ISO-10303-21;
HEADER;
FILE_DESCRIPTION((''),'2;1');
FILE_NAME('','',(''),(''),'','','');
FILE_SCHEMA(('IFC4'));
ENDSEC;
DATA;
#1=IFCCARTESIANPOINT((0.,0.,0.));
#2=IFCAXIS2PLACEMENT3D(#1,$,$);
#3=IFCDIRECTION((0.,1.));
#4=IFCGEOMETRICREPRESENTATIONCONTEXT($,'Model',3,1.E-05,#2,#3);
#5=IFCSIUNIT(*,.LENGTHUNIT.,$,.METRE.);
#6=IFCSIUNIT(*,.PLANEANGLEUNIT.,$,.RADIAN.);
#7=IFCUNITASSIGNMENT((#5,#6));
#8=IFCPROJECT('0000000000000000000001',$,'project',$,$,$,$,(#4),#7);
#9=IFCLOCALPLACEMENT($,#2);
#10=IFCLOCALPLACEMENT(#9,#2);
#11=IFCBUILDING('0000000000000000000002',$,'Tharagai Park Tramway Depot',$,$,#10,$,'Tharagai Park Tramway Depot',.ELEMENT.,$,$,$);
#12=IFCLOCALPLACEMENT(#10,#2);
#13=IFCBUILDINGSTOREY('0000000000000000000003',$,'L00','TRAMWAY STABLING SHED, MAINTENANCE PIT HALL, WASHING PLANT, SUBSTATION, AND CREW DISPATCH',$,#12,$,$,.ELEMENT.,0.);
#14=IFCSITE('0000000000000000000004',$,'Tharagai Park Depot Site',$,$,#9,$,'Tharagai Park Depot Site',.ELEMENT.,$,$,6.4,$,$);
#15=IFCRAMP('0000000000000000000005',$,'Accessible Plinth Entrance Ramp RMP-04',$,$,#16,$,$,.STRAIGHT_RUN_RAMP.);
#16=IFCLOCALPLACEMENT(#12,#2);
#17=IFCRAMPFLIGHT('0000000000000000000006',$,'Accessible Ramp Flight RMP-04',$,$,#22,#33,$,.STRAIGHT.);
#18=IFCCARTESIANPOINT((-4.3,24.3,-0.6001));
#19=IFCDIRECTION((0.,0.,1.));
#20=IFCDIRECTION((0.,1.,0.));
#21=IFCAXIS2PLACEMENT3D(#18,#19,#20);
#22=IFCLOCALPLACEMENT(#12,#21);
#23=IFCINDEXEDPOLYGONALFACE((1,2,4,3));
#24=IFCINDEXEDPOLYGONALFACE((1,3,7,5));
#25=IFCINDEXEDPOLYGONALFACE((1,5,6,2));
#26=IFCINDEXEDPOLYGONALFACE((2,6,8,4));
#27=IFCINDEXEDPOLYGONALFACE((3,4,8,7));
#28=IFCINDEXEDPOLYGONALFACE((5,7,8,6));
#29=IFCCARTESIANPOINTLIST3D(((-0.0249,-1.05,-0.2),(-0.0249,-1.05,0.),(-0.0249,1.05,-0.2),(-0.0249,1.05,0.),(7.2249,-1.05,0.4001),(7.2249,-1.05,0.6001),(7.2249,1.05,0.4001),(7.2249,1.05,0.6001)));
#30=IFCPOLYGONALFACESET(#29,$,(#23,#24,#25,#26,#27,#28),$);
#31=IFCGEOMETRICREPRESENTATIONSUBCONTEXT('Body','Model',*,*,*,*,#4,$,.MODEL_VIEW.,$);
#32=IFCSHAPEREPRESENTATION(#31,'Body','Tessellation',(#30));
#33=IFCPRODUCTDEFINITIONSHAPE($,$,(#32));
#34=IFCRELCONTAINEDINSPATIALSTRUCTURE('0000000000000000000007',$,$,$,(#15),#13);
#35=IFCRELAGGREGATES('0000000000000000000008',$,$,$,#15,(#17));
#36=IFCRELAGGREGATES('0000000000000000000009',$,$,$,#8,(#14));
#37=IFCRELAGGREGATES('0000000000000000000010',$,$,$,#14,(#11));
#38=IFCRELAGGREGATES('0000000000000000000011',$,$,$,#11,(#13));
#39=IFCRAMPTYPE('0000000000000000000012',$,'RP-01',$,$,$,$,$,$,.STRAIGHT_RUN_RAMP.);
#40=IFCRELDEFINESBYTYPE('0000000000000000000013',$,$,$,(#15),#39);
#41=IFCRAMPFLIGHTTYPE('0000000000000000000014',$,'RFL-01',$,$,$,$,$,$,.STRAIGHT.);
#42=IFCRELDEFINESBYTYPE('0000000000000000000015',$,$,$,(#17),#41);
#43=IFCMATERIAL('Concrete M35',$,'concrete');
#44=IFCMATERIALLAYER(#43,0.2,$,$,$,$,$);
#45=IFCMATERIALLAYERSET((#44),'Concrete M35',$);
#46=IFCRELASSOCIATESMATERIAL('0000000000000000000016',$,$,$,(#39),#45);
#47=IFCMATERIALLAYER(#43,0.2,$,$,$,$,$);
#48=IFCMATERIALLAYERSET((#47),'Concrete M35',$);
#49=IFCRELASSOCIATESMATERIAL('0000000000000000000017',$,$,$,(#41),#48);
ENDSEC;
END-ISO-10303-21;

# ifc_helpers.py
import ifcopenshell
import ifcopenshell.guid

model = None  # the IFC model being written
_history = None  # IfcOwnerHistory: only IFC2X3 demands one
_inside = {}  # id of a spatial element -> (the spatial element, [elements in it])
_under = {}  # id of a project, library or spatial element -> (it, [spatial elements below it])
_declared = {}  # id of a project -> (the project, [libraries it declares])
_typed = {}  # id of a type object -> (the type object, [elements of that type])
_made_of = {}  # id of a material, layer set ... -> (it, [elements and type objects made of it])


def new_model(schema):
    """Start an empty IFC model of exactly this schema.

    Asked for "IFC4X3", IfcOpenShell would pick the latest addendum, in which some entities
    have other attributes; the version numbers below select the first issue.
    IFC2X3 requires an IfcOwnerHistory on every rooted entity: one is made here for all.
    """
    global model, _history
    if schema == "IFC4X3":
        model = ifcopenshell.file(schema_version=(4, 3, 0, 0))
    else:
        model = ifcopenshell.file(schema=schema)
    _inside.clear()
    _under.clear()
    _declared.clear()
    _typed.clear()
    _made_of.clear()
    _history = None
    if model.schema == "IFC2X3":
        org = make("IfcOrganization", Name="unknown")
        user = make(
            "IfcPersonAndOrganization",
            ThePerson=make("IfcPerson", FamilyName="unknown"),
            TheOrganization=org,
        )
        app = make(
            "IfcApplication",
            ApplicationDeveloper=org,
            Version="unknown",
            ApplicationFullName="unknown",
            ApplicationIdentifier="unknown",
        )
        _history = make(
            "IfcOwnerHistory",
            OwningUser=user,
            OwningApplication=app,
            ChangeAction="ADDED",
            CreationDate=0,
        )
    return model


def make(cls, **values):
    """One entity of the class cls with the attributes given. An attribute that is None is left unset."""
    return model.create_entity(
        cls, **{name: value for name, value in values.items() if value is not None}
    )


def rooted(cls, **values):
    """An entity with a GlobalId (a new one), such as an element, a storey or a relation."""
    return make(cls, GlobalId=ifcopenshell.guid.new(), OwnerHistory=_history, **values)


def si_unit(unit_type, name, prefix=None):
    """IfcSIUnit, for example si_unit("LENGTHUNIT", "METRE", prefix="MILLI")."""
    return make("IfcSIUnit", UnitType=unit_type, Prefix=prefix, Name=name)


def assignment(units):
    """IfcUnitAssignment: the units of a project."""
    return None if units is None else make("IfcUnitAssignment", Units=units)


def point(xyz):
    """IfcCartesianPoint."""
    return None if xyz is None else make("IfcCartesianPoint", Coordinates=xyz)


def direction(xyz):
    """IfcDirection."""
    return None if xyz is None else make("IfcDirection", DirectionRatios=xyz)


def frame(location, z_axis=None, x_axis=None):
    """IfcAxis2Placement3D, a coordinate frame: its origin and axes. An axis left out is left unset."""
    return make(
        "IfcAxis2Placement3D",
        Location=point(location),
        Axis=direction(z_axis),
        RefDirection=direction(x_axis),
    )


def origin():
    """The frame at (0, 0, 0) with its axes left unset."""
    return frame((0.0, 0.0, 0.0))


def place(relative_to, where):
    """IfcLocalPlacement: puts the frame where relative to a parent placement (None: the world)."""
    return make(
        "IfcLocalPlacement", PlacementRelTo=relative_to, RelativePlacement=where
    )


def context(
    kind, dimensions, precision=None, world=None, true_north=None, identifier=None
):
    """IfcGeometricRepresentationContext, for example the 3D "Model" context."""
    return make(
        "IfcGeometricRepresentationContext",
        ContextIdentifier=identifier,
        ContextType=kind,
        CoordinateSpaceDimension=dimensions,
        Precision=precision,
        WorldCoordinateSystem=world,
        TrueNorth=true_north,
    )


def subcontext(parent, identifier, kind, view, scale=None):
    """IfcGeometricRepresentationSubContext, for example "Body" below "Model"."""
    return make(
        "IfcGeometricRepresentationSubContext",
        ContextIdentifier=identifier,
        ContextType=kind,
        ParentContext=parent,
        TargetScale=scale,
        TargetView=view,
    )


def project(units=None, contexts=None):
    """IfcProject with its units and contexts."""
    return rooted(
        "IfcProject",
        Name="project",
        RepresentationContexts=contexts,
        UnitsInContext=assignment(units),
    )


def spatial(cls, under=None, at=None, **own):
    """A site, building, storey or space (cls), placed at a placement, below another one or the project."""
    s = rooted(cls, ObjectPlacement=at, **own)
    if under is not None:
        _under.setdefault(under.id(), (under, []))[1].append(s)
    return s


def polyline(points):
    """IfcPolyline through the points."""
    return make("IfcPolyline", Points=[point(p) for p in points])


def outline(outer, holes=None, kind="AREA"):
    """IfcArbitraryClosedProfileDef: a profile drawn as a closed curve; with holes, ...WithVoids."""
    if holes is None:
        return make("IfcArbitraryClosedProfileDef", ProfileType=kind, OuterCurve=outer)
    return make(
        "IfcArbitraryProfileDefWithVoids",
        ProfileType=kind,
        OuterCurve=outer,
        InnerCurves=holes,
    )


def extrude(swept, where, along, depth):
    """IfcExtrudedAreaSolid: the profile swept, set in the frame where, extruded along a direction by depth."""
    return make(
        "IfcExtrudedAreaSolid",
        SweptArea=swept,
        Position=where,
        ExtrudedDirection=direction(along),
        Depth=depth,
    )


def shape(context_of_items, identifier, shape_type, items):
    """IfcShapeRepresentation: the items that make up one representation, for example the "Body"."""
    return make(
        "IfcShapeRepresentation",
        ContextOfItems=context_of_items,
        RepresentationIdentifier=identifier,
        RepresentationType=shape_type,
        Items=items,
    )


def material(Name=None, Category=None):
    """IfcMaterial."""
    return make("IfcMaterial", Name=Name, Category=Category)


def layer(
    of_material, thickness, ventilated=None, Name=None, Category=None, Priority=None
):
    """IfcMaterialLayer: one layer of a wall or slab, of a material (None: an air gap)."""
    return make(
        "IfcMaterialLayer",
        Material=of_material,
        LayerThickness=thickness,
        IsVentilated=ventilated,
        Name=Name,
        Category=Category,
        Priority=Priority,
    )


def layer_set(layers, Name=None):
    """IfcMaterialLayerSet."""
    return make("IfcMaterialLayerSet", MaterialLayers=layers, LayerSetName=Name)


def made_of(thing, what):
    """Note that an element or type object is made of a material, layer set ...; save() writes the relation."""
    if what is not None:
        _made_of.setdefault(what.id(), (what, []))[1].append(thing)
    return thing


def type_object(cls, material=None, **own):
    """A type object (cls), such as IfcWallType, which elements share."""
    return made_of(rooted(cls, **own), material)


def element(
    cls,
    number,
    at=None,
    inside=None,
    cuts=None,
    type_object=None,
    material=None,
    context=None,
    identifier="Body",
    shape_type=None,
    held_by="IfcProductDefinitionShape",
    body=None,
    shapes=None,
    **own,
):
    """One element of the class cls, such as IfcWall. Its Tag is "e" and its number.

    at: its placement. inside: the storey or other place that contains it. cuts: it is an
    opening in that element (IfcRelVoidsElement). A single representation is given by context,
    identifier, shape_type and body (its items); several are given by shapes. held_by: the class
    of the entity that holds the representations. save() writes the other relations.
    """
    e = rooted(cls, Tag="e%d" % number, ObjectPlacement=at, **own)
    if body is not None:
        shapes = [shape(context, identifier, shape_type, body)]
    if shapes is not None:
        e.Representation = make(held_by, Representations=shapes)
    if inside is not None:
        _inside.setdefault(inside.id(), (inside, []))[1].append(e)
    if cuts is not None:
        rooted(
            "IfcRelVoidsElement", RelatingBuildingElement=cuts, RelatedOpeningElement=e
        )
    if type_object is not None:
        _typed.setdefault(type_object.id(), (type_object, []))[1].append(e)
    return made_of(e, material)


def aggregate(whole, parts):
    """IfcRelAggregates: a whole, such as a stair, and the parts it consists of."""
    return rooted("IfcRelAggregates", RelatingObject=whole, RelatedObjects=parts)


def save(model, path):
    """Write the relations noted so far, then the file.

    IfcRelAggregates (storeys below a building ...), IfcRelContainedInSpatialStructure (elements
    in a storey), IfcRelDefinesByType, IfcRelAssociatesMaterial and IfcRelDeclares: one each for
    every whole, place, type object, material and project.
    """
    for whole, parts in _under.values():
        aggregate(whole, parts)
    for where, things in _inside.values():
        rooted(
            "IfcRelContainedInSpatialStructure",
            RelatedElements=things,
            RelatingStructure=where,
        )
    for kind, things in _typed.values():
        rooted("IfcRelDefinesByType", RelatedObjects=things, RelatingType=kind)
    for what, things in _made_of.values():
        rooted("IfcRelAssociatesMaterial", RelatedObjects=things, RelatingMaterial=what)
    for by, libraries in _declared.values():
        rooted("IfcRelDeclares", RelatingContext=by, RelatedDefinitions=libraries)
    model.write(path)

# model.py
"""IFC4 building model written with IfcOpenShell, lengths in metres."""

from ifc_helpers import new_model, si_unit, direction, frame, origin, place, context, subcontext, project, spatial, polyline, outline, extrude, material, layer, layer_set, type_object, element, aggregate, save


model = new_model("IFC4")

# Units and contexts
model_context = context("Model", 3, precision=1e-05, world=origin(), true_north=direction((0.0, 1.0)))
body_context = subcontext(model_context, "Body", "Model", "MODEL_VIEW")
ifc_project = project(units=[si_unit("LENGTHUNIT", "METRE"), si_unit("PLANEANGLEUNIT", "RADIAN")], contexts=[model_context])

# Site, building, storey
site_placement = place(None, origin())
site = spatial("IfcSite", under=ifc_project, at=site_placement, Name="Tharagai Park Depot Site", LongName="Tharagai Park Depot Site", CompositionType="ELEMENT", RefElevation=6.4)
building_placement = place(site_placement, origin())
building = spatial("IfcBuilding", under=site, at=building_placement, Name="Tharagai Park Tramway Depot", LongName="Tharagai Park Tramway Depot", CompositionType="ELEMENT")
storey_placement = place(building_placement, origin())
storey = spatial("IfcBuildingStorey", under=building, at=storey_placement, Name="L00", Description="TRAMWAY STABLING SHED, MAINTENANCE PIT HALL, WASHING PLANT, SUBSTATION, AND CREW DISPATCH", CompositionType="ELEMENT", Elevation=0.0)

# Shared definitions
ifc_material_1 = material(Name="Concrete M35", Category="concrete")

# Ramp, ramp flight
ifc_layer_1 = layer(ifc_material_1, 0.2)
ifc_layer_set_1 = layer_set([ifc_layer_1], Name="Concrete M35")
ramp_type = type_object("IfcRampType", Name="RP-01", PredefinedType="STRAIGHT_RUN_RAMP", material=ifc_layer_set_1)
ramp_placement = place(storey_placement, origin())
ramp = element("IfcRamp", 1, at=ramp_placement, inside=storey, type_object=ramp_type, Name="Accessible Plinth Entrance Ramp RMP-04", PredefinedType="STRAIGHT_RUN_RAMP")
ifc_layer_2 = layer(ifc_material_1, 0.2)
ifc_layer_set_2 = layer_set([ifc_layer_2], Name="Concrete M35")
ramp_flight_type = type_object("IfcRampFlightType", Name="RFL-01", PredefinedType="STRAIGHT", material=ifc_layer_set_2)
ramp_flight_placement = place(storey_placement, frame((-4.3, 24.3, -0.6001), z_axis=(0.0, 0.0, 1.0), x_axis=(0.0, 1.0, 0.0)))
ramp_flight = element("IfcRampFlight", 2, at=ramp_flight_placement, type_object=ramp_flight_type, Name="Accessible Ramp Flight RMP-04", PredefinedType="STRAIGHT", context=body_context, shape_type="SweptSolid", body=[
    extrude(outline(polyline([(-0.0249, 0.0), (7.2249, 0.6001), (7.2249, 0.4001), (-0.0249, -0.2), (-0.0249, 0.0)])), frame((0.0, 1.05, 0.0), z_axis=(0.0, -1.0, 0.0), x_axis=(1.0, 0.0, 0.0)), (0.0, 0.0, 1.0), 2.1001),
])
aggregate(ramp, [ramp_flight])

save(model, "model.ifc")
